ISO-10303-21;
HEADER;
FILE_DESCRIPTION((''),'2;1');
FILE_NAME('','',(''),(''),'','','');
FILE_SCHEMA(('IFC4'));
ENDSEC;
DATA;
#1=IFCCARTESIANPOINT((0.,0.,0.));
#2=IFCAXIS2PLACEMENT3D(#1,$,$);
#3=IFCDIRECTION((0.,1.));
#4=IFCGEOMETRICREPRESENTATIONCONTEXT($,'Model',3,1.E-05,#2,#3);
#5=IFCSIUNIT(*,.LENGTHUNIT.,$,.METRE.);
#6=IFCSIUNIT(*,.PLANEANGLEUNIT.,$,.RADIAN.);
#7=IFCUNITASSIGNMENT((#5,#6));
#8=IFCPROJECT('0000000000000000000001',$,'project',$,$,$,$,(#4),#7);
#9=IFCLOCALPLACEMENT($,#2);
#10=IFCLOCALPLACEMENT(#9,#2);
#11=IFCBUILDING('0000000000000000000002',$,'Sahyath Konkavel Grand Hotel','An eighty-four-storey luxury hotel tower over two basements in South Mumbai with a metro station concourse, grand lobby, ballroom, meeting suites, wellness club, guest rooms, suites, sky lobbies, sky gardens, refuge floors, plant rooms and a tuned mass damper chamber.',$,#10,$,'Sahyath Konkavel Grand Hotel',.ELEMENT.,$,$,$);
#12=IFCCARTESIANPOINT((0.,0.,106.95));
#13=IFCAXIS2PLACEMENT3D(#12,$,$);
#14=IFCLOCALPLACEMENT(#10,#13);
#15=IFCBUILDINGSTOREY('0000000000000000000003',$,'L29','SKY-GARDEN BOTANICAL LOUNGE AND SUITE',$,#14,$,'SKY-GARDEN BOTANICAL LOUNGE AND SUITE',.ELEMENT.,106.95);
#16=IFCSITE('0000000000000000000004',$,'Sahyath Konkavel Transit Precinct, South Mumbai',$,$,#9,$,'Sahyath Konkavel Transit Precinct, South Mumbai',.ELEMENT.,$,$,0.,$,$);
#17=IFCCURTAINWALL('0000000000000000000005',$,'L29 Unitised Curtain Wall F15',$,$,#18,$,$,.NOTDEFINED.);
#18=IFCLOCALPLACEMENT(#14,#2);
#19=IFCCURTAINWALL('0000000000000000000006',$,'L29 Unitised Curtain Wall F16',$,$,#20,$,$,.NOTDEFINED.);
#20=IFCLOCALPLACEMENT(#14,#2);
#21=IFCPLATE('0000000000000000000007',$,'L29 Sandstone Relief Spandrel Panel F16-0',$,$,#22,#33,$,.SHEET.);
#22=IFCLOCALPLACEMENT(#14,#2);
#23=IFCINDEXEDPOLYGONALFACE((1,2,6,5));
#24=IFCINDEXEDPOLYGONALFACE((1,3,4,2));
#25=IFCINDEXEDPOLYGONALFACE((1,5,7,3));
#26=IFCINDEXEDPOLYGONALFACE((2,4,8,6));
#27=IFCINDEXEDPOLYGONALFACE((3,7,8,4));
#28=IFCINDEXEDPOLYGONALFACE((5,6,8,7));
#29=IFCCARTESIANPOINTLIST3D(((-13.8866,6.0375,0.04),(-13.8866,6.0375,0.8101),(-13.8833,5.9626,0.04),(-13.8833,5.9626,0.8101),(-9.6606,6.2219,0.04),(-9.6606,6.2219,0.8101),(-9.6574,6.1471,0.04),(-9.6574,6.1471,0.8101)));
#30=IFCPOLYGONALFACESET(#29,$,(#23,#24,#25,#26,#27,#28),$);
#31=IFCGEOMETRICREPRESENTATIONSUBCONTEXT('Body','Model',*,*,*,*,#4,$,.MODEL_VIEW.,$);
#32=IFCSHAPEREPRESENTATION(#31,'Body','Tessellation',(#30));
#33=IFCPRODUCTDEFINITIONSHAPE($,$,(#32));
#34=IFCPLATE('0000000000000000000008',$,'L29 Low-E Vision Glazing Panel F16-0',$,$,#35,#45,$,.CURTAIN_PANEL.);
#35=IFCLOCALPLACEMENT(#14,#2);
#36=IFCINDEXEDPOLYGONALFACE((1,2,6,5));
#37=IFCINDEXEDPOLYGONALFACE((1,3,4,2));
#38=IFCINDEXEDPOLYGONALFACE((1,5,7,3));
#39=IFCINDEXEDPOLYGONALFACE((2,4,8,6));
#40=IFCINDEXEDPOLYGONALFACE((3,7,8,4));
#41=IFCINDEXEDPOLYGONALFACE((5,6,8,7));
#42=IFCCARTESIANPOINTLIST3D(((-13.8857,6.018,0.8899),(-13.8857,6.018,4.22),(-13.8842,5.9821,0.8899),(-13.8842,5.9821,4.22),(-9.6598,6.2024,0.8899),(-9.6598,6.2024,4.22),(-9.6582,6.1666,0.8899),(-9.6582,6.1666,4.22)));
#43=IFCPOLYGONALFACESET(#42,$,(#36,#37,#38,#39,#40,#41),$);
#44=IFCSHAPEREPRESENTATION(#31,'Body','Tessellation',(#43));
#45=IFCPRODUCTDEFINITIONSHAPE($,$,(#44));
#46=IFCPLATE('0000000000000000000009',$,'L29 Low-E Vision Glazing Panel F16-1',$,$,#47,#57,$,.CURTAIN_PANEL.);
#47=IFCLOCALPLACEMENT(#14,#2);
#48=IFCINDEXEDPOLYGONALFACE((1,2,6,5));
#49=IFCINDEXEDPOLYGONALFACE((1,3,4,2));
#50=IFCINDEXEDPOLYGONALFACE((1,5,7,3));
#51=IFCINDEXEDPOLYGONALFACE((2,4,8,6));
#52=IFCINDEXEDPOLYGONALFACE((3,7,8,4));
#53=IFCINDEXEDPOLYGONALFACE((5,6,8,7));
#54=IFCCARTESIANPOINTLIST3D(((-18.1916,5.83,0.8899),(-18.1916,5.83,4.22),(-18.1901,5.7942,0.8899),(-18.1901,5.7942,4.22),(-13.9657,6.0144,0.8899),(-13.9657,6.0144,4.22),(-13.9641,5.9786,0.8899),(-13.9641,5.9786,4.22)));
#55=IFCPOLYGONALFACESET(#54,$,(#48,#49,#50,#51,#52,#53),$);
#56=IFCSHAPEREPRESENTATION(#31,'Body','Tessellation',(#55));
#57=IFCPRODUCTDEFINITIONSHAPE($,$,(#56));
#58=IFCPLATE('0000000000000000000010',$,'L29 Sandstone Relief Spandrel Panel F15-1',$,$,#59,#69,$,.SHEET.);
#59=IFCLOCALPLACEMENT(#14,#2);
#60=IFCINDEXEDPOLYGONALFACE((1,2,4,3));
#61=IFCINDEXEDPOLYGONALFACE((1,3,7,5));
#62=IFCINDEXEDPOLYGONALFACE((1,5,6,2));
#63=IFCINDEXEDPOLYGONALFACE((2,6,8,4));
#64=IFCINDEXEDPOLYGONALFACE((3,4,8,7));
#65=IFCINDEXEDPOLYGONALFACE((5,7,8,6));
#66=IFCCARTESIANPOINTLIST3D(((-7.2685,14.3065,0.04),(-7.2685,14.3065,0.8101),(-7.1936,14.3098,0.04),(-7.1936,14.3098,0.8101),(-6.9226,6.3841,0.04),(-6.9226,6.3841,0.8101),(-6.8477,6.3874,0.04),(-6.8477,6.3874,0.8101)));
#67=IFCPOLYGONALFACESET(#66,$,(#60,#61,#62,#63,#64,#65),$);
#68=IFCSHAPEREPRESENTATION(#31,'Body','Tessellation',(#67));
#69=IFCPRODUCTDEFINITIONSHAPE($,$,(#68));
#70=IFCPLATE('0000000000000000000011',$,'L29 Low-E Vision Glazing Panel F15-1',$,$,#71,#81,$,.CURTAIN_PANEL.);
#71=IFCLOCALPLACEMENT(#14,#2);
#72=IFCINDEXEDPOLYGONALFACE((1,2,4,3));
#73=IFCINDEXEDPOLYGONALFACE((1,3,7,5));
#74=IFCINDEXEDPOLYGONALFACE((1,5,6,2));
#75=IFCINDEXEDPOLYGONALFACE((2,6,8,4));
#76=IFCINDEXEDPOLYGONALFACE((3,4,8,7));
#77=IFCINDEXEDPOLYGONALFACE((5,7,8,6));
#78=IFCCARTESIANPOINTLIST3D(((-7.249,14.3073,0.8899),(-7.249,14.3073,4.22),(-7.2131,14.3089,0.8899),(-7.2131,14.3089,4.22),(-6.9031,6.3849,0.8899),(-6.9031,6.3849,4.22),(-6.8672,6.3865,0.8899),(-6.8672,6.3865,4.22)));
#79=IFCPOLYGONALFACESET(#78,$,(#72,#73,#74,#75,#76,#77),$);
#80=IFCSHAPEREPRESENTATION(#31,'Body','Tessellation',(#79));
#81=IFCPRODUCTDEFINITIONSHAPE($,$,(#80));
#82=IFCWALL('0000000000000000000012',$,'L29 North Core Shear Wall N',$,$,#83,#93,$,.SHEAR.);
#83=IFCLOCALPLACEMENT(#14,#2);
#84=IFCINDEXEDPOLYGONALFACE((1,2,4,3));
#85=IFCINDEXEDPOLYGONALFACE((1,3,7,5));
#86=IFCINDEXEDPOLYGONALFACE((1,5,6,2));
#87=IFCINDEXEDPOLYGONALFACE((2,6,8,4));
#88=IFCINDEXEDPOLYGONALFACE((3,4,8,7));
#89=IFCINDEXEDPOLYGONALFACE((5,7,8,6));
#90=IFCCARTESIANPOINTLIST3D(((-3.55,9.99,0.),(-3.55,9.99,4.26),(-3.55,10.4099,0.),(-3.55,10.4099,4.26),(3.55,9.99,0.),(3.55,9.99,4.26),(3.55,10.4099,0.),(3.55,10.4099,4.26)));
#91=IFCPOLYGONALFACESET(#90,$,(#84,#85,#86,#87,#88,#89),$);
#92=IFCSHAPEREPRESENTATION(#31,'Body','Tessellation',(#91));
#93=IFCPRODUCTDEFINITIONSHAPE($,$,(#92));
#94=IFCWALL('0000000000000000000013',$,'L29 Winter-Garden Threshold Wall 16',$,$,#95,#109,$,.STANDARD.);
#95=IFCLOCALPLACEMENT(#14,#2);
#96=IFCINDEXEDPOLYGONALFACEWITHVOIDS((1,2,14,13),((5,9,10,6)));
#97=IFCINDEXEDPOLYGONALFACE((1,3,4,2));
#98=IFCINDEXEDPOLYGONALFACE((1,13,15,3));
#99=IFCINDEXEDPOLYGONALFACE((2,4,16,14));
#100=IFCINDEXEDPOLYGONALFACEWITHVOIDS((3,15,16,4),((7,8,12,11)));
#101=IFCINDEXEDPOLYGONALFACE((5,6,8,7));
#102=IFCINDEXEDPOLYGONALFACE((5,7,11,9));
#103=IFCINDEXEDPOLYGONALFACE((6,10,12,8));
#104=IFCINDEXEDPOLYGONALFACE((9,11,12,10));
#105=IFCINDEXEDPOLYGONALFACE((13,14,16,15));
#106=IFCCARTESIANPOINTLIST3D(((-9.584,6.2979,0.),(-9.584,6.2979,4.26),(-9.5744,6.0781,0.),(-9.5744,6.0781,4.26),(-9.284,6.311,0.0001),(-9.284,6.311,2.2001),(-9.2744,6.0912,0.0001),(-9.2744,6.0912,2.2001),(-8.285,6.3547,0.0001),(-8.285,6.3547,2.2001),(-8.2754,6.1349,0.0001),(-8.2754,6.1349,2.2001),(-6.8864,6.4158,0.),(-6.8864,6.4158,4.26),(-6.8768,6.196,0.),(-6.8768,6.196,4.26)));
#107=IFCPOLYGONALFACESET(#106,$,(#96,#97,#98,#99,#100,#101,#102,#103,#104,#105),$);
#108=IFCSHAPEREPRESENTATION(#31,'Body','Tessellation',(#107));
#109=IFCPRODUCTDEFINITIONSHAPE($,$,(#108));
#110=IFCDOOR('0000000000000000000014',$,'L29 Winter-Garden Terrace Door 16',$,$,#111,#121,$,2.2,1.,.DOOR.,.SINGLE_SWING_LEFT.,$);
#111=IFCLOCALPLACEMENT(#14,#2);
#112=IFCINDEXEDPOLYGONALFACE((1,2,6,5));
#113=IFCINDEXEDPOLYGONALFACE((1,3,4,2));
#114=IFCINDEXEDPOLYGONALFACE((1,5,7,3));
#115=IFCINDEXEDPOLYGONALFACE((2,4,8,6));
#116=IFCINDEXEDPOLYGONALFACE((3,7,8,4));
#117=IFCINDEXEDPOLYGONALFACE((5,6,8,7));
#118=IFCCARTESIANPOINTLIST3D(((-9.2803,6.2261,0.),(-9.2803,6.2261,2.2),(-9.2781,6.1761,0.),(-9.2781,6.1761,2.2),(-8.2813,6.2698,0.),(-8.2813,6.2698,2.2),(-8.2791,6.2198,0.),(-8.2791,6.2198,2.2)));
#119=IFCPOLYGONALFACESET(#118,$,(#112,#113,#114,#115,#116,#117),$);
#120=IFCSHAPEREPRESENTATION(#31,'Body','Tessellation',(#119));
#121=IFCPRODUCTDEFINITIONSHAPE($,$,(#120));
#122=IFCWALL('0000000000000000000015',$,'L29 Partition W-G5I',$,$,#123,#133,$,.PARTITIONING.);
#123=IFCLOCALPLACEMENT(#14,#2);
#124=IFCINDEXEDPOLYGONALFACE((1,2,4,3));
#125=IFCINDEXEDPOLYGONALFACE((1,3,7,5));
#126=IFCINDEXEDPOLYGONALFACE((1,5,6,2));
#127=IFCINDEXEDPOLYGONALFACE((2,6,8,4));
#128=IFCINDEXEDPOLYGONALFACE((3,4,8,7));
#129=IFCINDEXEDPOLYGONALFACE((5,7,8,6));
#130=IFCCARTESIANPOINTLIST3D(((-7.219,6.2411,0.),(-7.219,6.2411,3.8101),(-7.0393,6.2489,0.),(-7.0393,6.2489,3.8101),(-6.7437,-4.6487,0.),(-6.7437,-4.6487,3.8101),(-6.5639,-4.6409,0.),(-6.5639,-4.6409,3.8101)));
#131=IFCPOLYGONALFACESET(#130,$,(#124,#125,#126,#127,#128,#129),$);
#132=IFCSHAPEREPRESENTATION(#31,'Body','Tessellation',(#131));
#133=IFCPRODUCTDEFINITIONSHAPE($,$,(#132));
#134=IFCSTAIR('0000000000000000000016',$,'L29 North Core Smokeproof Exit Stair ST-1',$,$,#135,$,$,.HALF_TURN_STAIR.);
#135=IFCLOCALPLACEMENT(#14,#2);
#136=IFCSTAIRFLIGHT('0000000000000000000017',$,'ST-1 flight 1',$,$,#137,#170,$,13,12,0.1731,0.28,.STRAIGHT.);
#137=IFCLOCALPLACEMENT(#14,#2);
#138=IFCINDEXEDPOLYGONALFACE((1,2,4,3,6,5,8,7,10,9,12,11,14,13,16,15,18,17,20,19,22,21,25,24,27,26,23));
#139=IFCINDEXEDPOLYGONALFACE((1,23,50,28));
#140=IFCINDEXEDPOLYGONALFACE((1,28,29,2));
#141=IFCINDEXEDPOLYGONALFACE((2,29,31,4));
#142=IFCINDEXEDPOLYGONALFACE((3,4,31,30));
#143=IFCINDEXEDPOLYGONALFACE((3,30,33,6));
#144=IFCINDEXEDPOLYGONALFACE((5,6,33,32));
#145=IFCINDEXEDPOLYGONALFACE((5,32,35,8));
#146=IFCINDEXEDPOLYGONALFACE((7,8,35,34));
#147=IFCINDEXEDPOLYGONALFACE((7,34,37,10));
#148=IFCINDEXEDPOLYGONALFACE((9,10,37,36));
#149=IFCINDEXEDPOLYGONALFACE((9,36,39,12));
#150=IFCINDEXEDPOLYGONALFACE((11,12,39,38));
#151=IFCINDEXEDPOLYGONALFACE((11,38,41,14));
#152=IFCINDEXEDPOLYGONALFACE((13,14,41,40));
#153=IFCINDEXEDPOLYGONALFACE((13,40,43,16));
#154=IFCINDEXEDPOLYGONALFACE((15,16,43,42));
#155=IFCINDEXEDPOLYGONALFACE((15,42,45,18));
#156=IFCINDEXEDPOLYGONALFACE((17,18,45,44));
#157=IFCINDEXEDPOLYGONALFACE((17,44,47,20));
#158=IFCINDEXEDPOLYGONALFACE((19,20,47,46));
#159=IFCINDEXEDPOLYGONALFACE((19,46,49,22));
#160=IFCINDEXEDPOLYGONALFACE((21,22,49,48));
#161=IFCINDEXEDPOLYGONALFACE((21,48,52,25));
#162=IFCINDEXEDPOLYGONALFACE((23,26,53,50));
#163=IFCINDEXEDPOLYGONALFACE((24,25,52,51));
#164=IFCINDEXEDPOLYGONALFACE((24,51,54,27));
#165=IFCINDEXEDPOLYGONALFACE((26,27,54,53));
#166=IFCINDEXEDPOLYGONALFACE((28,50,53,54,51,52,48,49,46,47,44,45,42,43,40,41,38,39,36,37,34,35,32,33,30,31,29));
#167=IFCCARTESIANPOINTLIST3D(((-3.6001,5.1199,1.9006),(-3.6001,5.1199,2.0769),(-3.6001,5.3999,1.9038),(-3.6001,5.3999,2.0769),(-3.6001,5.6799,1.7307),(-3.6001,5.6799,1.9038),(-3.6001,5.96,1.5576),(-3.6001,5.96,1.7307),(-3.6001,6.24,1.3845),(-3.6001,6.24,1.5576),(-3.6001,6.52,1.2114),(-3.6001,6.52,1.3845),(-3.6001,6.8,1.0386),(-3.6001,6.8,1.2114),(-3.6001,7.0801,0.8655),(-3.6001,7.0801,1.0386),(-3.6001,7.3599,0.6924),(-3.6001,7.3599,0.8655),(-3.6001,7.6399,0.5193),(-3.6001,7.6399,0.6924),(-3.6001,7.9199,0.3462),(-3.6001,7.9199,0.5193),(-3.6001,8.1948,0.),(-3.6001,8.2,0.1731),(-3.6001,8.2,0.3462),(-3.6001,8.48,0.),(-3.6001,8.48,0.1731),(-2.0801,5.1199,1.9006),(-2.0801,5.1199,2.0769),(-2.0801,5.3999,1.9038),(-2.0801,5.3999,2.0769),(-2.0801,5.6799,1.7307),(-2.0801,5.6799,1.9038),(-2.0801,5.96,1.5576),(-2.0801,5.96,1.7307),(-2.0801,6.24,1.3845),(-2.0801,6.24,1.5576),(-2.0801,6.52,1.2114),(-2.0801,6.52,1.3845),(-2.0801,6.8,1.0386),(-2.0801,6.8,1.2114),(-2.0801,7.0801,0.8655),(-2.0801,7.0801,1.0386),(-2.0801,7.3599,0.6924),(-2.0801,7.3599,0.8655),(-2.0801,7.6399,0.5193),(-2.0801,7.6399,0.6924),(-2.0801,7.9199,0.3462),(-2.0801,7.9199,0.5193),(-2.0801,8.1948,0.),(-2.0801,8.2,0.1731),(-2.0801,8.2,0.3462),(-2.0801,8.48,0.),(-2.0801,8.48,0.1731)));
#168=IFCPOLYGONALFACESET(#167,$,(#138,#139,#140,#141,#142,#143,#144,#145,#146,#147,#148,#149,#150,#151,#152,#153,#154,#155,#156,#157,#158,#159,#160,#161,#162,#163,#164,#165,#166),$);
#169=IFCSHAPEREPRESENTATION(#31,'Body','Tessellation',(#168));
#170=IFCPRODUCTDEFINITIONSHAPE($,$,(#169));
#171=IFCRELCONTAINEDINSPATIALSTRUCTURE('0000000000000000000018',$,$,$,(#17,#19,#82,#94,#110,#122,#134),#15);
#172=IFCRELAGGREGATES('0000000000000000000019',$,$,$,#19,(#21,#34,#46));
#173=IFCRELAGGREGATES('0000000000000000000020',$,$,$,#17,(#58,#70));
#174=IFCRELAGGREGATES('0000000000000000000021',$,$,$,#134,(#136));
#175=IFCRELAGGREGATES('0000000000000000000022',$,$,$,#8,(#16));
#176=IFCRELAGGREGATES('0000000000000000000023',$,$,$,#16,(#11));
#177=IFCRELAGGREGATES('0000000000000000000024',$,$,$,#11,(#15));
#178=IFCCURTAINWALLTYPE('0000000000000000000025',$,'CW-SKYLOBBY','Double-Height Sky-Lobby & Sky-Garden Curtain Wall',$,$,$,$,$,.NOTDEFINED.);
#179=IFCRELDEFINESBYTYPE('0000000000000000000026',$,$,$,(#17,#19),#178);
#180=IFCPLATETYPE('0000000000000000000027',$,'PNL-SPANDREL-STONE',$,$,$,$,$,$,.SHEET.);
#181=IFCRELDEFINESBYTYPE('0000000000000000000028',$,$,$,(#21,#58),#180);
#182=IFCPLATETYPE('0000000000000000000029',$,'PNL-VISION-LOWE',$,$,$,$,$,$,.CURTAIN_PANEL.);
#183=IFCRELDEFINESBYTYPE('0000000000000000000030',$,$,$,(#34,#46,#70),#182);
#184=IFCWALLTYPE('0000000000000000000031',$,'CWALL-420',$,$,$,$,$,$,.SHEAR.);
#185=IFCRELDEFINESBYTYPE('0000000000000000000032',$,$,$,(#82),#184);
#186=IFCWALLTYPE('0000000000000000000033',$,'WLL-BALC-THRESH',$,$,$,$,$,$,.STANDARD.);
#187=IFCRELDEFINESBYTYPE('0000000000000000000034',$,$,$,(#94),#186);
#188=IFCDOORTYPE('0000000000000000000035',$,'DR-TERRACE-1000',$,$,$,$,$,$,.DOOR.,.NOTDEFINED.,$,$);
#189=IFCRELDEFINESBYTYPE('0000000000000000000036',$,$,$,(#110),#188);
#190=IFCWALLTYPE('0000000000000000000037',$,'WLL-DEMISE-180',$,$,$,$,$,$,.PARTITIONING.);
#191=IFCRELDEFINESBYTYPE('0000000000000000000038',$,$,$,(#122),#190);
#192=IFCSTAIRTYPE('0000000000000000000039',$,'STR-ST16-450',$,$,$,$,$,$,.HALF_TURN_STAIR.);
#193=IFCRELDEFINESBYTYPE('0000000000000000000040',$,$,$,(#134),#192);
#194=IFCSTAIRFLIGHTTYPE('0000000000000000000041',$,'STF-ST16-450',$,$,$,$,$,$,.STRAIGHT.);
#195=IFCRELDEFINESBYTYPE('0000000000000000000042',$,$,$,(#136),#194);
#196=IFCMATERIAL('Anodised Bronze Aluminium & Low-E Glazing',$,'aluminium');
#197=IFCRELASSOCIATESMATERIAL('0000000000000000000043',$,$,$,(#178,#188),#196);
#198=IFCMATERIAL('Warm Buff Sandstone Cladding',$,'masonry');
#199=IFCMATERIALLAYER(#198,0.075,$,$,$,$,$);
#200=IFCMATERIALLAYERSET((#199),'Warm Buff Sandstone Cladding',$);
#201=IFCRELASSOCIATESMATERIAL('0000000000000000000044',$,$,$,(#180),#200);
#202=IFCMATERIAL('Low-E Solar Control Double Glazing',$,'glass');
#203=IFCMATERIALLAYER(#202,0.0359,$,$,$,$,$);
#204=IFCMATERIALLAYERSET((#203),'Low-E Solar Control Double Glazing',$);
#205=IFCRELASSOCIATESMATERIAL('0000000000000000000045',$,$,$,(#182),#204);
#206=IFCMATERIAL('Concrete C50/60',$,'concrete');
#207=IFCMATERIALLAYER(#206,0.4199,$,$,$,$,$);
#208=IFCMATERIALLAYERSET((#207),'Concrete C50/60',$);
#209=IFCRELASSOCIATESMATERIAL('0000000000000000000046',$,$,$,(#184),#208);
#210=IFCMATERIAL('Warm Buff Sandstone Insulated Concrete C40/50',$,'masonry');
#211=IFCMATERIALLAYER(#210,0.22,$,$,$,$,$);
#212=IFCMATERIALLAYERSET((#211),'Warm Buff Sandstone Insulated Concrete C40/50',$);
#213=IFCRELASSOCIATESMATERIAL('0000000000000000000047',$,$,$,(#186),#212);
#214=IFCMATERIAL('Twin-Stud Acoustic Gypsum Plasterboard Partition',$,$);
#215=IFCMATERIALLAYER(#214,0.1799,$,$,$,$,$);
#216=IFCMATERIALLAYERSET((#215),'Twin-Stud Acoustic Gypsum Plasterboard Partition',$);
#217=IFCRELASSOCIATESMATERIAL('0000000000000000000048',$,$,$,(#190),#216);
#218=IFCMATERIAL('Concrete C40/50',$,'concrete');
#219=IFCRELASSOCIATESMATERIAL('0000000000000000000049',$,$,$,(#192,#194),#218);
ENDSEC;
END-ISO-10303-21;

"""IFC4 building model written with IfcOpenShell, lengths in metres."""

from ifc_helpers import new_model, si_unit, direction, frame, frame_2d, origin, origin_2d, place, context, subcontext, project, spatial, polyline, rectangle, outline, extrude, source, transform, mapped, material, layer, layer_set, type_object, element, fill, aggregate, save


model = new_model("IFC4")

# Units and contexts
model_context = context("Model", 3, precision=1e-05, world=origin(), true_north=direction((0.0, 1.0)))
body_context = subcontext(model_context, "Body", "Model", "MODEL_VIEW")
ifc_project = project(units=[si_unit("LENGTHUNIT", "METRE"), si_unit("PLANEANGLEUNIT", "RADIAN")], contexts=[model_context])

# Site, building, storey
site_placement = place(None, origin())
site = spatial("IfcSite", under=ifc_project, at=site_placement, Name="Sahyath Konkavel Transit Precinct, South Mumbai", LongName="Sahyath Konkavel Transit Precinct, South Mumbai", CompositionType="ELEMENT", RefElevation=0.0)
building_placement = place(site_placement, origin())
building = spatial("IfcBuilding", under=site, at=building_placement, Name="Sahyath Konkavel Grand Hotel", Description="An eighty-four-storey luxury hotel tower over two basements in South Mumbai with a metro station concourse, grand lobby, ballroom, meeting suites, wellness club, guest rooms, suites, sky lobbies, sky gardens, refuge floors, plant rooms and a tuned mass damper chamber.", LongName="Sahyath Konkavel Grand Hotel", CompositionType="ELEMENT")
storey_placement = place(building_placement, frame((0.0, 0.0, 106.95)))
storey = spatial("IfcBuildingStorey", under=building, at=storey_placement, Name="L29", Description="SKY-GARDEN BOTANICAL LOUNGE AND SUITE", LongName="SKY-GARDEN BOTANICAL LOUNGE AND SUITE", CompositionType="ELEMENT", Elevation=106.95)

# Curtain wall
ifc_material_1 = material(Name="Anodised Bronze Aluminium & Low-E Glazing", Category="aluminium")
curtain_wall_type = type_object("IfcCurtainWallType", Name="CW-SKYLOBBY", Description="Double-Height Sky-Lobby & Sky-Garden Curtain Wall", PredefinedType="NOTDEFINED", material=ifc_material_1)
curtain_wall_1_placement = place(storey_placement, origin())
curtain_wall_1 = element("IfcCurtainWall", 1, at=curtain_wall_1_placement, inside=storey, type_object=curtain_wall_type, Name="L29 Unitised Curtain Wall F15", PredefinedType="NOTDEFINED")

# Curtain wall
curtain_wall_2_placement = place(storey_placement, origin())
curtain_wall_2 = element("IfcCurtainWall", 2, at=curtain_wall_2_placement, inside=storey, type_object=curtain_wall_type, Name="L29 Unitised Curtain Wall F16", PredefinedType="NOTDEFINED")

# Plates
ifc_material_2 = material(Name="Warm Buff Sandstone Cladding", Category="masonry")
ifc_layer_1 = layer(ifc_material_2, 0.075)
ifc_layer_set_1 = layer_set([ifc_layer_1], Name="Warm Buff Sandstone Cladding")
plate_type_1 = type_object("IfcPlateType", Name="PNL-SPANDREL-STONE", PredefinedType="SHEET", material=ifc_layer_set_1)
shared_shape_1 = source(origin(), body_context, "Body", "SweptSolid", [
    extrude(rectangle(XDim=4.23, YDim=0.075, at=origin_2d()), origin(), (0.0, 0.0, 1.0), 0.77),
])
plate_1_placement = place(storey_placement, frame((-11.772, 6.0923, 0.04), z_axis=(0.0, 0.0, 1.0), x_axis=(-0.999049, -0.043602, 0.0)))
plate_1 = element("IfcPlate", 3, at=plate_1_placement, type_object=plate_type_1, Name="L29 Sandstone Relief Spandrel Panel F16-0", PredefinedType="SHEET", context=body_context, shape_type="MappedRepresentation", body=[
    mapped(shared_shape_1, transform((0.0, 0.0, 0.0), scale=1.0)),
])
ifc_material_3 = material(Name="Low-E Solar Control Double Glazing", Category="glass")
ifc_layer_2 = layer(ifc_material_3, 0.0359)
ifc_layer_set_2 = layer_set([ifc_layer_2], Name="Low-E Solar Control Double Glazing")
plate_type_2 = type_object("IfcPlateType", Name="PNL-VISION-LOWE", PredefinedType="CURTAIN_PANEL", material=ifc_layer_set_2)
shared_shape_2 = source(origin(), body_context, "Body", "SweptSolid", [
    extrude(rectangle(XDim=4.23, YDim=0.0359, at=origin_2d()), origin(), (0.0, 0.0, 1.0), 3.3301),
])
plate_2_placement = place(storey_placement, frame((-11.772, 6.0923, 0.8899), z_axis=(0.0, 0.0, 1.0), x_axis=(-0.999049, -0.043602, 0.0)))
plate_2 = element("IfcPlate", 4, at=plate_2_placement, type_object=plate_type_2, Name="L29 Low-E Vision Glazing Panel F16-0", PredefinedType="CURTAIN_PANEL", context=body_context, shape_type="MappedRepresentation", body=[
    mapped(shared_shape_2, transform((0.0, 0.0, 0.0), scale=1.0)),
])
plate_3_placement = place(storey_placement, frame((-16.0779, 5.9043, 0.8899), z_axis=(0.0, 0.0, 1.0), x_axis=(-0.999049, -0.043602, 0.0)))
plate_3 = element("IfcPlate", 5, at=plate_3_placement, type_object=plate_type_2, Name="L29 Low-E Vision Glazing Panel F16-1", PredefinedType="CURTAIN_PANEL", context=body_context, shape_type="MappedRepresentation", body=[
    mapped(shared_shape_2, transform((0.0, 0.0, 0.0), scale=1.0)),
])
aggregate(curtain_wall_2, [plate_1, plate_2, plate_3])
shared_shape_3 = source(origin(), body_context, "Body", "SweptSolid", [
    extrude(rectangle(XDim=7.9299, YDim=0.075, at=origin_2d()), origin(), (0.0, 0.0, 1.0), 0.77),
])
plate_4_placement = place(storey_placement, frame((-7.0581, 10.3469, 0.04), z_axis=(0.0, 0.0, 1.0), x_axis=(0.043619, -0.999048, 0.0)))
plate_4 = element("IfcPlate", 6, at=plate_4_placement, type_object=plate_type_1, Name="L29 Sandstone Relief Spandrel Panel F15-1", PredefinedType="SHEET", context=body_context, shape_type="MappedRepresentation", body=[
    mapped(shared_shape_3, transform((0.0, 0.0, 0.0), scale=1.0)),
])
shared_shape_4 = source(origin(), body_context, "Body", "SweptSolid", [
    extrude(rectangle(XDim=7.9299, YDim=0.0359, at=origin_2d()), origin(), (0.0, 0.0, 1.0), 3.3301),
])
plate_5_placement = place(storey_placement, frame((-7.0581, 10.3469, 0.8899), z_axis=(0.0, 0.0, 1.0), x_axis=(0.043619, -0.999048, 0.0)))
plate_5 = element("IfcPlate", 7, at=plate_5_placement, type_object=plate_type_2, Name="L29 Low-E Vision Glazing Panel F15-1", PredefinedType="CURTAIN_PANEL", context=body_context, shape_type="MappedRepresentation", body=[
    mapped(shared_shape_4, transform((0.0, 0.0, 0.0), scale=1.0)),
])
aggregate(curtain_wall_1, [plate_4, plate_5])

# Wall
ifc_material_4 = material(Name="Concrete C50/60", Category="concrete")
ifc_layer_3 = layer(ifc_material_4, 0.4199)
ifc_layer_set_3 = layer_set([ifc_layer_3], Name="Concrete C50/60")
wall_type_1 = type_object("IfcWallType", Name="CWALL-420", PredefinedType="SHEAR", material=ifc_layer_set_3)
wall_1_placement = place(storey_placement, frame((-3.55, 10.2, 0.0), z_axis=(0.0, 0.0, 1.0), x_axis=(1.0, 0.0, 0.0)))
element("IfcWall", 8, at=wall_1_placement, inside=storey, type_object=wall_type_1, Name="L29 North Core Shear Wall N", PredefinedType="SHEAR", context=body_context, shape_type="SweptSolid", body=[
    extrude(rectangle(XDim=7.1001, YDim=0.4199, at=frame_2d((3.55, 0.0))), origin(), (0.0, 0.0, 1.0), 4.26),
])

# Wall, opening, door
ifc_material_5 = material(Name="Warm Buff Sandstone Insulated Concrete C40/50", Category="masonry")
ifc_layer_4 = layer(ifc_material_5, 0.22)
ifc_layer_set_4 = layer_set([ifc_layer_4], Name="Warm Buff Sandstone Insulated Concrete C40/50")
wall_type_2 = type_object("IfcWallType", Name="WLL-BALC-THRESH", PredefinedType="STANDARD", material=ifc_layer_set_4)
wall_2_placement = place(storey_placement, frame((-6.8816, 6.3059, 0.0), z_axis=(0.0, 0.0, 1.0), x_axis=(-0.999046, -0.043673, 0.0)))
wall_2 = element("IfcWall", 9, at=wall_2_placement, inside=storey, type_object=wall_type_2, Name="L29 Winter-Garden Threshold Wall 16", PredefinedType="STANDARD", context=body_context, shape_type="SweptSolid", body=[
    extrude(rectangle(XDim=2.7002, YDim=0.22, at=frame_2d((1.3501, 0.0))), origin(), (0.0, 0.0, 1.0), 4.26),
])
opening_placement = place(wall_2_placement, frame((1.3999, 0.0, 0.0)))
opening = element("IfcOpeningElement", 10, at=opening_placement, cuts=wall_2, PredefinedType="OPENING", context=body_context, shape_type="SweptSolid", body=[
    extrude(rectangle(XDim=1.0, YDim=2.2, at=frame_2d((0.5, 1.1001))), frame((0.0, 0.1201, 0.0), z_axis=(0.0, -1.0, 0.0), x_axis=(1.0, 0.0, 0.0)), (0.0, 0.0, 1.0), 0.24),
])
door_type = type_object("IfcDoorType", Name="DR-TERRACE-1000", OperationType="NOTDEFINED", PredefinedType="DOOR", material=ifc_material_1)
shared_shape_5 = source(origin(), body_context, "Body", "SweptSolid", [
    extrude(rectangle(XDim=1.0, YDim=0.05, at=origin_2d()), origin(), (0.0, 0.0, 1.0), 2.2),
])
door_placement = place(opening_placement, frame((0.5, 0.0, 0.0)))
door = element("IfcDoor", 11, at=door_placement, inside=storey, type_object=door_type, Name="L29 Winter-Garden Terrace Door 16", OperationType="SINGLE_SWING_LEFT", OverallHeight=2.2, OverallWidth=1.0, PredefinedType="DOOR", context=body_context, shape_type="MappedRepresentation", body=[
    mapped(shared_shape_5, transform((0.0, 0.0, 0.0), scale=1.0)),
])
fill(opening, door)

# Wall
ifc_material_6 = material(Name="Twin-Stud Acoustic Gypsum Plasterboard Partition")
ifc_layer_5 = layer(ifc_material_6, 0.1799)
ifc_layer_set_5 = layer_set([ifc_layer_5], Name="Twin-Stud Acoustic Gypsum Plasterboard Partition")
wall_type_3 = type_object("IfcWallType", Name="WLL-DEMISE-180", PredefinedType="PARTITIONING", material=ifc_layer_set_5)
wall_3_placement = place(storey_placement, frame((-7.1292, 6.2451, 0.0), z_axis=(0.0, 0.0, 1.0), x_axis=(0.043608, -0.999049, 0.0)))
element("IfcWall", 12, at=wall_3_placement, inside=storey, type_object=wall_type_3, Name="L29 Partition W-G5I", PredefinedType="PARTITIONING", context=body_context, shape_type="SweptSolid", body=[
    extrude(rectangle(XDim=10.9001, YDim=0.1799, at=frame_2d((5.4502, 0.0))), origin(), (0.0, 0.0, 1.0), 3.8101),
])

# Stair, stair flight
ifc_material_7 = material(Name="Concrete C40/50", Category="concrete")
stair_type = type_object("IfcStairType", Name="STR-ST16-450", PredefinedType="HALF_TURN_STAIR", material=ifc_material_7)
stair_placement = place(storey_placement, origin())
stair = element("IfcStair", 13, at=stair_placement, inside=storey, type_object=stair_type, Name="L29 North Core Smokeproof Exit Stair ST-1", PredefinedType="HALF_TURN_STAIR")
stair_flight_type = type_object("IfcStairFlightType", Name="STF-ST16-450", PredefinedType="STRAIGHT", material=ifc_material_7)
stair_flight_placement = place(storey_placement, frame((-2.8401, 8.48, 0.0), z_axis=(0.0, 0.0, 1.0), x_axis=(0.0, -1.0, 0.0)))
stair_flight = element("IfcStairFlight", 14, at=stair_flight_placement, type_object=stair_flight_type, Name="ST-1 flight 1", NumberOfRisers=13, NumberOfTreads=12, PredefinedType="STRAIGHT", RiserHeight=0.1731, TreadLength=0.28, context=body_context, shape_type="SweptSolid", body=[
    extrude(outline(polyline([(0.0, 0.0), (0.0, 0.1731), (0.28, 0.1731), (0.28, 0.3462), (0.5601, 0.3462), (0.5601, 0.5193), (0.8401, 0.5193), (0.8401, 0.6924), (1.1201, 0.6924), (1.1201, 0.8655), (1.3999, 0.8655), (1.3999, 1.0386), (1.6799, 1.0386), (1.6799, 1.2114), (1.96, 1.2114), (1.96, 1.3845), (2.24, 1.3845), (2.24, 1.5576), (2.52, 1.5576), (2.52, 1.7307), (2.8, 1.7307), (2.8, 1.9038), (3.0801, 1.9038), (3.0801, 2.0769), (3.3601, 2.0769), (3.3601, 2.25), (3.3601, 1.9006), (0.2852, 0.0), (0.0, 0.0)])), frame((0.0, 0.76, 0.0), z_axis=(0.0, -1.0, 0.0), x_axis=(1.0, 0.0, 0.0)), (0.0, 0.0, 1.0), 1.52),
])
aggregate(stair, [stair_flight])

save(model, "model.ifc")
